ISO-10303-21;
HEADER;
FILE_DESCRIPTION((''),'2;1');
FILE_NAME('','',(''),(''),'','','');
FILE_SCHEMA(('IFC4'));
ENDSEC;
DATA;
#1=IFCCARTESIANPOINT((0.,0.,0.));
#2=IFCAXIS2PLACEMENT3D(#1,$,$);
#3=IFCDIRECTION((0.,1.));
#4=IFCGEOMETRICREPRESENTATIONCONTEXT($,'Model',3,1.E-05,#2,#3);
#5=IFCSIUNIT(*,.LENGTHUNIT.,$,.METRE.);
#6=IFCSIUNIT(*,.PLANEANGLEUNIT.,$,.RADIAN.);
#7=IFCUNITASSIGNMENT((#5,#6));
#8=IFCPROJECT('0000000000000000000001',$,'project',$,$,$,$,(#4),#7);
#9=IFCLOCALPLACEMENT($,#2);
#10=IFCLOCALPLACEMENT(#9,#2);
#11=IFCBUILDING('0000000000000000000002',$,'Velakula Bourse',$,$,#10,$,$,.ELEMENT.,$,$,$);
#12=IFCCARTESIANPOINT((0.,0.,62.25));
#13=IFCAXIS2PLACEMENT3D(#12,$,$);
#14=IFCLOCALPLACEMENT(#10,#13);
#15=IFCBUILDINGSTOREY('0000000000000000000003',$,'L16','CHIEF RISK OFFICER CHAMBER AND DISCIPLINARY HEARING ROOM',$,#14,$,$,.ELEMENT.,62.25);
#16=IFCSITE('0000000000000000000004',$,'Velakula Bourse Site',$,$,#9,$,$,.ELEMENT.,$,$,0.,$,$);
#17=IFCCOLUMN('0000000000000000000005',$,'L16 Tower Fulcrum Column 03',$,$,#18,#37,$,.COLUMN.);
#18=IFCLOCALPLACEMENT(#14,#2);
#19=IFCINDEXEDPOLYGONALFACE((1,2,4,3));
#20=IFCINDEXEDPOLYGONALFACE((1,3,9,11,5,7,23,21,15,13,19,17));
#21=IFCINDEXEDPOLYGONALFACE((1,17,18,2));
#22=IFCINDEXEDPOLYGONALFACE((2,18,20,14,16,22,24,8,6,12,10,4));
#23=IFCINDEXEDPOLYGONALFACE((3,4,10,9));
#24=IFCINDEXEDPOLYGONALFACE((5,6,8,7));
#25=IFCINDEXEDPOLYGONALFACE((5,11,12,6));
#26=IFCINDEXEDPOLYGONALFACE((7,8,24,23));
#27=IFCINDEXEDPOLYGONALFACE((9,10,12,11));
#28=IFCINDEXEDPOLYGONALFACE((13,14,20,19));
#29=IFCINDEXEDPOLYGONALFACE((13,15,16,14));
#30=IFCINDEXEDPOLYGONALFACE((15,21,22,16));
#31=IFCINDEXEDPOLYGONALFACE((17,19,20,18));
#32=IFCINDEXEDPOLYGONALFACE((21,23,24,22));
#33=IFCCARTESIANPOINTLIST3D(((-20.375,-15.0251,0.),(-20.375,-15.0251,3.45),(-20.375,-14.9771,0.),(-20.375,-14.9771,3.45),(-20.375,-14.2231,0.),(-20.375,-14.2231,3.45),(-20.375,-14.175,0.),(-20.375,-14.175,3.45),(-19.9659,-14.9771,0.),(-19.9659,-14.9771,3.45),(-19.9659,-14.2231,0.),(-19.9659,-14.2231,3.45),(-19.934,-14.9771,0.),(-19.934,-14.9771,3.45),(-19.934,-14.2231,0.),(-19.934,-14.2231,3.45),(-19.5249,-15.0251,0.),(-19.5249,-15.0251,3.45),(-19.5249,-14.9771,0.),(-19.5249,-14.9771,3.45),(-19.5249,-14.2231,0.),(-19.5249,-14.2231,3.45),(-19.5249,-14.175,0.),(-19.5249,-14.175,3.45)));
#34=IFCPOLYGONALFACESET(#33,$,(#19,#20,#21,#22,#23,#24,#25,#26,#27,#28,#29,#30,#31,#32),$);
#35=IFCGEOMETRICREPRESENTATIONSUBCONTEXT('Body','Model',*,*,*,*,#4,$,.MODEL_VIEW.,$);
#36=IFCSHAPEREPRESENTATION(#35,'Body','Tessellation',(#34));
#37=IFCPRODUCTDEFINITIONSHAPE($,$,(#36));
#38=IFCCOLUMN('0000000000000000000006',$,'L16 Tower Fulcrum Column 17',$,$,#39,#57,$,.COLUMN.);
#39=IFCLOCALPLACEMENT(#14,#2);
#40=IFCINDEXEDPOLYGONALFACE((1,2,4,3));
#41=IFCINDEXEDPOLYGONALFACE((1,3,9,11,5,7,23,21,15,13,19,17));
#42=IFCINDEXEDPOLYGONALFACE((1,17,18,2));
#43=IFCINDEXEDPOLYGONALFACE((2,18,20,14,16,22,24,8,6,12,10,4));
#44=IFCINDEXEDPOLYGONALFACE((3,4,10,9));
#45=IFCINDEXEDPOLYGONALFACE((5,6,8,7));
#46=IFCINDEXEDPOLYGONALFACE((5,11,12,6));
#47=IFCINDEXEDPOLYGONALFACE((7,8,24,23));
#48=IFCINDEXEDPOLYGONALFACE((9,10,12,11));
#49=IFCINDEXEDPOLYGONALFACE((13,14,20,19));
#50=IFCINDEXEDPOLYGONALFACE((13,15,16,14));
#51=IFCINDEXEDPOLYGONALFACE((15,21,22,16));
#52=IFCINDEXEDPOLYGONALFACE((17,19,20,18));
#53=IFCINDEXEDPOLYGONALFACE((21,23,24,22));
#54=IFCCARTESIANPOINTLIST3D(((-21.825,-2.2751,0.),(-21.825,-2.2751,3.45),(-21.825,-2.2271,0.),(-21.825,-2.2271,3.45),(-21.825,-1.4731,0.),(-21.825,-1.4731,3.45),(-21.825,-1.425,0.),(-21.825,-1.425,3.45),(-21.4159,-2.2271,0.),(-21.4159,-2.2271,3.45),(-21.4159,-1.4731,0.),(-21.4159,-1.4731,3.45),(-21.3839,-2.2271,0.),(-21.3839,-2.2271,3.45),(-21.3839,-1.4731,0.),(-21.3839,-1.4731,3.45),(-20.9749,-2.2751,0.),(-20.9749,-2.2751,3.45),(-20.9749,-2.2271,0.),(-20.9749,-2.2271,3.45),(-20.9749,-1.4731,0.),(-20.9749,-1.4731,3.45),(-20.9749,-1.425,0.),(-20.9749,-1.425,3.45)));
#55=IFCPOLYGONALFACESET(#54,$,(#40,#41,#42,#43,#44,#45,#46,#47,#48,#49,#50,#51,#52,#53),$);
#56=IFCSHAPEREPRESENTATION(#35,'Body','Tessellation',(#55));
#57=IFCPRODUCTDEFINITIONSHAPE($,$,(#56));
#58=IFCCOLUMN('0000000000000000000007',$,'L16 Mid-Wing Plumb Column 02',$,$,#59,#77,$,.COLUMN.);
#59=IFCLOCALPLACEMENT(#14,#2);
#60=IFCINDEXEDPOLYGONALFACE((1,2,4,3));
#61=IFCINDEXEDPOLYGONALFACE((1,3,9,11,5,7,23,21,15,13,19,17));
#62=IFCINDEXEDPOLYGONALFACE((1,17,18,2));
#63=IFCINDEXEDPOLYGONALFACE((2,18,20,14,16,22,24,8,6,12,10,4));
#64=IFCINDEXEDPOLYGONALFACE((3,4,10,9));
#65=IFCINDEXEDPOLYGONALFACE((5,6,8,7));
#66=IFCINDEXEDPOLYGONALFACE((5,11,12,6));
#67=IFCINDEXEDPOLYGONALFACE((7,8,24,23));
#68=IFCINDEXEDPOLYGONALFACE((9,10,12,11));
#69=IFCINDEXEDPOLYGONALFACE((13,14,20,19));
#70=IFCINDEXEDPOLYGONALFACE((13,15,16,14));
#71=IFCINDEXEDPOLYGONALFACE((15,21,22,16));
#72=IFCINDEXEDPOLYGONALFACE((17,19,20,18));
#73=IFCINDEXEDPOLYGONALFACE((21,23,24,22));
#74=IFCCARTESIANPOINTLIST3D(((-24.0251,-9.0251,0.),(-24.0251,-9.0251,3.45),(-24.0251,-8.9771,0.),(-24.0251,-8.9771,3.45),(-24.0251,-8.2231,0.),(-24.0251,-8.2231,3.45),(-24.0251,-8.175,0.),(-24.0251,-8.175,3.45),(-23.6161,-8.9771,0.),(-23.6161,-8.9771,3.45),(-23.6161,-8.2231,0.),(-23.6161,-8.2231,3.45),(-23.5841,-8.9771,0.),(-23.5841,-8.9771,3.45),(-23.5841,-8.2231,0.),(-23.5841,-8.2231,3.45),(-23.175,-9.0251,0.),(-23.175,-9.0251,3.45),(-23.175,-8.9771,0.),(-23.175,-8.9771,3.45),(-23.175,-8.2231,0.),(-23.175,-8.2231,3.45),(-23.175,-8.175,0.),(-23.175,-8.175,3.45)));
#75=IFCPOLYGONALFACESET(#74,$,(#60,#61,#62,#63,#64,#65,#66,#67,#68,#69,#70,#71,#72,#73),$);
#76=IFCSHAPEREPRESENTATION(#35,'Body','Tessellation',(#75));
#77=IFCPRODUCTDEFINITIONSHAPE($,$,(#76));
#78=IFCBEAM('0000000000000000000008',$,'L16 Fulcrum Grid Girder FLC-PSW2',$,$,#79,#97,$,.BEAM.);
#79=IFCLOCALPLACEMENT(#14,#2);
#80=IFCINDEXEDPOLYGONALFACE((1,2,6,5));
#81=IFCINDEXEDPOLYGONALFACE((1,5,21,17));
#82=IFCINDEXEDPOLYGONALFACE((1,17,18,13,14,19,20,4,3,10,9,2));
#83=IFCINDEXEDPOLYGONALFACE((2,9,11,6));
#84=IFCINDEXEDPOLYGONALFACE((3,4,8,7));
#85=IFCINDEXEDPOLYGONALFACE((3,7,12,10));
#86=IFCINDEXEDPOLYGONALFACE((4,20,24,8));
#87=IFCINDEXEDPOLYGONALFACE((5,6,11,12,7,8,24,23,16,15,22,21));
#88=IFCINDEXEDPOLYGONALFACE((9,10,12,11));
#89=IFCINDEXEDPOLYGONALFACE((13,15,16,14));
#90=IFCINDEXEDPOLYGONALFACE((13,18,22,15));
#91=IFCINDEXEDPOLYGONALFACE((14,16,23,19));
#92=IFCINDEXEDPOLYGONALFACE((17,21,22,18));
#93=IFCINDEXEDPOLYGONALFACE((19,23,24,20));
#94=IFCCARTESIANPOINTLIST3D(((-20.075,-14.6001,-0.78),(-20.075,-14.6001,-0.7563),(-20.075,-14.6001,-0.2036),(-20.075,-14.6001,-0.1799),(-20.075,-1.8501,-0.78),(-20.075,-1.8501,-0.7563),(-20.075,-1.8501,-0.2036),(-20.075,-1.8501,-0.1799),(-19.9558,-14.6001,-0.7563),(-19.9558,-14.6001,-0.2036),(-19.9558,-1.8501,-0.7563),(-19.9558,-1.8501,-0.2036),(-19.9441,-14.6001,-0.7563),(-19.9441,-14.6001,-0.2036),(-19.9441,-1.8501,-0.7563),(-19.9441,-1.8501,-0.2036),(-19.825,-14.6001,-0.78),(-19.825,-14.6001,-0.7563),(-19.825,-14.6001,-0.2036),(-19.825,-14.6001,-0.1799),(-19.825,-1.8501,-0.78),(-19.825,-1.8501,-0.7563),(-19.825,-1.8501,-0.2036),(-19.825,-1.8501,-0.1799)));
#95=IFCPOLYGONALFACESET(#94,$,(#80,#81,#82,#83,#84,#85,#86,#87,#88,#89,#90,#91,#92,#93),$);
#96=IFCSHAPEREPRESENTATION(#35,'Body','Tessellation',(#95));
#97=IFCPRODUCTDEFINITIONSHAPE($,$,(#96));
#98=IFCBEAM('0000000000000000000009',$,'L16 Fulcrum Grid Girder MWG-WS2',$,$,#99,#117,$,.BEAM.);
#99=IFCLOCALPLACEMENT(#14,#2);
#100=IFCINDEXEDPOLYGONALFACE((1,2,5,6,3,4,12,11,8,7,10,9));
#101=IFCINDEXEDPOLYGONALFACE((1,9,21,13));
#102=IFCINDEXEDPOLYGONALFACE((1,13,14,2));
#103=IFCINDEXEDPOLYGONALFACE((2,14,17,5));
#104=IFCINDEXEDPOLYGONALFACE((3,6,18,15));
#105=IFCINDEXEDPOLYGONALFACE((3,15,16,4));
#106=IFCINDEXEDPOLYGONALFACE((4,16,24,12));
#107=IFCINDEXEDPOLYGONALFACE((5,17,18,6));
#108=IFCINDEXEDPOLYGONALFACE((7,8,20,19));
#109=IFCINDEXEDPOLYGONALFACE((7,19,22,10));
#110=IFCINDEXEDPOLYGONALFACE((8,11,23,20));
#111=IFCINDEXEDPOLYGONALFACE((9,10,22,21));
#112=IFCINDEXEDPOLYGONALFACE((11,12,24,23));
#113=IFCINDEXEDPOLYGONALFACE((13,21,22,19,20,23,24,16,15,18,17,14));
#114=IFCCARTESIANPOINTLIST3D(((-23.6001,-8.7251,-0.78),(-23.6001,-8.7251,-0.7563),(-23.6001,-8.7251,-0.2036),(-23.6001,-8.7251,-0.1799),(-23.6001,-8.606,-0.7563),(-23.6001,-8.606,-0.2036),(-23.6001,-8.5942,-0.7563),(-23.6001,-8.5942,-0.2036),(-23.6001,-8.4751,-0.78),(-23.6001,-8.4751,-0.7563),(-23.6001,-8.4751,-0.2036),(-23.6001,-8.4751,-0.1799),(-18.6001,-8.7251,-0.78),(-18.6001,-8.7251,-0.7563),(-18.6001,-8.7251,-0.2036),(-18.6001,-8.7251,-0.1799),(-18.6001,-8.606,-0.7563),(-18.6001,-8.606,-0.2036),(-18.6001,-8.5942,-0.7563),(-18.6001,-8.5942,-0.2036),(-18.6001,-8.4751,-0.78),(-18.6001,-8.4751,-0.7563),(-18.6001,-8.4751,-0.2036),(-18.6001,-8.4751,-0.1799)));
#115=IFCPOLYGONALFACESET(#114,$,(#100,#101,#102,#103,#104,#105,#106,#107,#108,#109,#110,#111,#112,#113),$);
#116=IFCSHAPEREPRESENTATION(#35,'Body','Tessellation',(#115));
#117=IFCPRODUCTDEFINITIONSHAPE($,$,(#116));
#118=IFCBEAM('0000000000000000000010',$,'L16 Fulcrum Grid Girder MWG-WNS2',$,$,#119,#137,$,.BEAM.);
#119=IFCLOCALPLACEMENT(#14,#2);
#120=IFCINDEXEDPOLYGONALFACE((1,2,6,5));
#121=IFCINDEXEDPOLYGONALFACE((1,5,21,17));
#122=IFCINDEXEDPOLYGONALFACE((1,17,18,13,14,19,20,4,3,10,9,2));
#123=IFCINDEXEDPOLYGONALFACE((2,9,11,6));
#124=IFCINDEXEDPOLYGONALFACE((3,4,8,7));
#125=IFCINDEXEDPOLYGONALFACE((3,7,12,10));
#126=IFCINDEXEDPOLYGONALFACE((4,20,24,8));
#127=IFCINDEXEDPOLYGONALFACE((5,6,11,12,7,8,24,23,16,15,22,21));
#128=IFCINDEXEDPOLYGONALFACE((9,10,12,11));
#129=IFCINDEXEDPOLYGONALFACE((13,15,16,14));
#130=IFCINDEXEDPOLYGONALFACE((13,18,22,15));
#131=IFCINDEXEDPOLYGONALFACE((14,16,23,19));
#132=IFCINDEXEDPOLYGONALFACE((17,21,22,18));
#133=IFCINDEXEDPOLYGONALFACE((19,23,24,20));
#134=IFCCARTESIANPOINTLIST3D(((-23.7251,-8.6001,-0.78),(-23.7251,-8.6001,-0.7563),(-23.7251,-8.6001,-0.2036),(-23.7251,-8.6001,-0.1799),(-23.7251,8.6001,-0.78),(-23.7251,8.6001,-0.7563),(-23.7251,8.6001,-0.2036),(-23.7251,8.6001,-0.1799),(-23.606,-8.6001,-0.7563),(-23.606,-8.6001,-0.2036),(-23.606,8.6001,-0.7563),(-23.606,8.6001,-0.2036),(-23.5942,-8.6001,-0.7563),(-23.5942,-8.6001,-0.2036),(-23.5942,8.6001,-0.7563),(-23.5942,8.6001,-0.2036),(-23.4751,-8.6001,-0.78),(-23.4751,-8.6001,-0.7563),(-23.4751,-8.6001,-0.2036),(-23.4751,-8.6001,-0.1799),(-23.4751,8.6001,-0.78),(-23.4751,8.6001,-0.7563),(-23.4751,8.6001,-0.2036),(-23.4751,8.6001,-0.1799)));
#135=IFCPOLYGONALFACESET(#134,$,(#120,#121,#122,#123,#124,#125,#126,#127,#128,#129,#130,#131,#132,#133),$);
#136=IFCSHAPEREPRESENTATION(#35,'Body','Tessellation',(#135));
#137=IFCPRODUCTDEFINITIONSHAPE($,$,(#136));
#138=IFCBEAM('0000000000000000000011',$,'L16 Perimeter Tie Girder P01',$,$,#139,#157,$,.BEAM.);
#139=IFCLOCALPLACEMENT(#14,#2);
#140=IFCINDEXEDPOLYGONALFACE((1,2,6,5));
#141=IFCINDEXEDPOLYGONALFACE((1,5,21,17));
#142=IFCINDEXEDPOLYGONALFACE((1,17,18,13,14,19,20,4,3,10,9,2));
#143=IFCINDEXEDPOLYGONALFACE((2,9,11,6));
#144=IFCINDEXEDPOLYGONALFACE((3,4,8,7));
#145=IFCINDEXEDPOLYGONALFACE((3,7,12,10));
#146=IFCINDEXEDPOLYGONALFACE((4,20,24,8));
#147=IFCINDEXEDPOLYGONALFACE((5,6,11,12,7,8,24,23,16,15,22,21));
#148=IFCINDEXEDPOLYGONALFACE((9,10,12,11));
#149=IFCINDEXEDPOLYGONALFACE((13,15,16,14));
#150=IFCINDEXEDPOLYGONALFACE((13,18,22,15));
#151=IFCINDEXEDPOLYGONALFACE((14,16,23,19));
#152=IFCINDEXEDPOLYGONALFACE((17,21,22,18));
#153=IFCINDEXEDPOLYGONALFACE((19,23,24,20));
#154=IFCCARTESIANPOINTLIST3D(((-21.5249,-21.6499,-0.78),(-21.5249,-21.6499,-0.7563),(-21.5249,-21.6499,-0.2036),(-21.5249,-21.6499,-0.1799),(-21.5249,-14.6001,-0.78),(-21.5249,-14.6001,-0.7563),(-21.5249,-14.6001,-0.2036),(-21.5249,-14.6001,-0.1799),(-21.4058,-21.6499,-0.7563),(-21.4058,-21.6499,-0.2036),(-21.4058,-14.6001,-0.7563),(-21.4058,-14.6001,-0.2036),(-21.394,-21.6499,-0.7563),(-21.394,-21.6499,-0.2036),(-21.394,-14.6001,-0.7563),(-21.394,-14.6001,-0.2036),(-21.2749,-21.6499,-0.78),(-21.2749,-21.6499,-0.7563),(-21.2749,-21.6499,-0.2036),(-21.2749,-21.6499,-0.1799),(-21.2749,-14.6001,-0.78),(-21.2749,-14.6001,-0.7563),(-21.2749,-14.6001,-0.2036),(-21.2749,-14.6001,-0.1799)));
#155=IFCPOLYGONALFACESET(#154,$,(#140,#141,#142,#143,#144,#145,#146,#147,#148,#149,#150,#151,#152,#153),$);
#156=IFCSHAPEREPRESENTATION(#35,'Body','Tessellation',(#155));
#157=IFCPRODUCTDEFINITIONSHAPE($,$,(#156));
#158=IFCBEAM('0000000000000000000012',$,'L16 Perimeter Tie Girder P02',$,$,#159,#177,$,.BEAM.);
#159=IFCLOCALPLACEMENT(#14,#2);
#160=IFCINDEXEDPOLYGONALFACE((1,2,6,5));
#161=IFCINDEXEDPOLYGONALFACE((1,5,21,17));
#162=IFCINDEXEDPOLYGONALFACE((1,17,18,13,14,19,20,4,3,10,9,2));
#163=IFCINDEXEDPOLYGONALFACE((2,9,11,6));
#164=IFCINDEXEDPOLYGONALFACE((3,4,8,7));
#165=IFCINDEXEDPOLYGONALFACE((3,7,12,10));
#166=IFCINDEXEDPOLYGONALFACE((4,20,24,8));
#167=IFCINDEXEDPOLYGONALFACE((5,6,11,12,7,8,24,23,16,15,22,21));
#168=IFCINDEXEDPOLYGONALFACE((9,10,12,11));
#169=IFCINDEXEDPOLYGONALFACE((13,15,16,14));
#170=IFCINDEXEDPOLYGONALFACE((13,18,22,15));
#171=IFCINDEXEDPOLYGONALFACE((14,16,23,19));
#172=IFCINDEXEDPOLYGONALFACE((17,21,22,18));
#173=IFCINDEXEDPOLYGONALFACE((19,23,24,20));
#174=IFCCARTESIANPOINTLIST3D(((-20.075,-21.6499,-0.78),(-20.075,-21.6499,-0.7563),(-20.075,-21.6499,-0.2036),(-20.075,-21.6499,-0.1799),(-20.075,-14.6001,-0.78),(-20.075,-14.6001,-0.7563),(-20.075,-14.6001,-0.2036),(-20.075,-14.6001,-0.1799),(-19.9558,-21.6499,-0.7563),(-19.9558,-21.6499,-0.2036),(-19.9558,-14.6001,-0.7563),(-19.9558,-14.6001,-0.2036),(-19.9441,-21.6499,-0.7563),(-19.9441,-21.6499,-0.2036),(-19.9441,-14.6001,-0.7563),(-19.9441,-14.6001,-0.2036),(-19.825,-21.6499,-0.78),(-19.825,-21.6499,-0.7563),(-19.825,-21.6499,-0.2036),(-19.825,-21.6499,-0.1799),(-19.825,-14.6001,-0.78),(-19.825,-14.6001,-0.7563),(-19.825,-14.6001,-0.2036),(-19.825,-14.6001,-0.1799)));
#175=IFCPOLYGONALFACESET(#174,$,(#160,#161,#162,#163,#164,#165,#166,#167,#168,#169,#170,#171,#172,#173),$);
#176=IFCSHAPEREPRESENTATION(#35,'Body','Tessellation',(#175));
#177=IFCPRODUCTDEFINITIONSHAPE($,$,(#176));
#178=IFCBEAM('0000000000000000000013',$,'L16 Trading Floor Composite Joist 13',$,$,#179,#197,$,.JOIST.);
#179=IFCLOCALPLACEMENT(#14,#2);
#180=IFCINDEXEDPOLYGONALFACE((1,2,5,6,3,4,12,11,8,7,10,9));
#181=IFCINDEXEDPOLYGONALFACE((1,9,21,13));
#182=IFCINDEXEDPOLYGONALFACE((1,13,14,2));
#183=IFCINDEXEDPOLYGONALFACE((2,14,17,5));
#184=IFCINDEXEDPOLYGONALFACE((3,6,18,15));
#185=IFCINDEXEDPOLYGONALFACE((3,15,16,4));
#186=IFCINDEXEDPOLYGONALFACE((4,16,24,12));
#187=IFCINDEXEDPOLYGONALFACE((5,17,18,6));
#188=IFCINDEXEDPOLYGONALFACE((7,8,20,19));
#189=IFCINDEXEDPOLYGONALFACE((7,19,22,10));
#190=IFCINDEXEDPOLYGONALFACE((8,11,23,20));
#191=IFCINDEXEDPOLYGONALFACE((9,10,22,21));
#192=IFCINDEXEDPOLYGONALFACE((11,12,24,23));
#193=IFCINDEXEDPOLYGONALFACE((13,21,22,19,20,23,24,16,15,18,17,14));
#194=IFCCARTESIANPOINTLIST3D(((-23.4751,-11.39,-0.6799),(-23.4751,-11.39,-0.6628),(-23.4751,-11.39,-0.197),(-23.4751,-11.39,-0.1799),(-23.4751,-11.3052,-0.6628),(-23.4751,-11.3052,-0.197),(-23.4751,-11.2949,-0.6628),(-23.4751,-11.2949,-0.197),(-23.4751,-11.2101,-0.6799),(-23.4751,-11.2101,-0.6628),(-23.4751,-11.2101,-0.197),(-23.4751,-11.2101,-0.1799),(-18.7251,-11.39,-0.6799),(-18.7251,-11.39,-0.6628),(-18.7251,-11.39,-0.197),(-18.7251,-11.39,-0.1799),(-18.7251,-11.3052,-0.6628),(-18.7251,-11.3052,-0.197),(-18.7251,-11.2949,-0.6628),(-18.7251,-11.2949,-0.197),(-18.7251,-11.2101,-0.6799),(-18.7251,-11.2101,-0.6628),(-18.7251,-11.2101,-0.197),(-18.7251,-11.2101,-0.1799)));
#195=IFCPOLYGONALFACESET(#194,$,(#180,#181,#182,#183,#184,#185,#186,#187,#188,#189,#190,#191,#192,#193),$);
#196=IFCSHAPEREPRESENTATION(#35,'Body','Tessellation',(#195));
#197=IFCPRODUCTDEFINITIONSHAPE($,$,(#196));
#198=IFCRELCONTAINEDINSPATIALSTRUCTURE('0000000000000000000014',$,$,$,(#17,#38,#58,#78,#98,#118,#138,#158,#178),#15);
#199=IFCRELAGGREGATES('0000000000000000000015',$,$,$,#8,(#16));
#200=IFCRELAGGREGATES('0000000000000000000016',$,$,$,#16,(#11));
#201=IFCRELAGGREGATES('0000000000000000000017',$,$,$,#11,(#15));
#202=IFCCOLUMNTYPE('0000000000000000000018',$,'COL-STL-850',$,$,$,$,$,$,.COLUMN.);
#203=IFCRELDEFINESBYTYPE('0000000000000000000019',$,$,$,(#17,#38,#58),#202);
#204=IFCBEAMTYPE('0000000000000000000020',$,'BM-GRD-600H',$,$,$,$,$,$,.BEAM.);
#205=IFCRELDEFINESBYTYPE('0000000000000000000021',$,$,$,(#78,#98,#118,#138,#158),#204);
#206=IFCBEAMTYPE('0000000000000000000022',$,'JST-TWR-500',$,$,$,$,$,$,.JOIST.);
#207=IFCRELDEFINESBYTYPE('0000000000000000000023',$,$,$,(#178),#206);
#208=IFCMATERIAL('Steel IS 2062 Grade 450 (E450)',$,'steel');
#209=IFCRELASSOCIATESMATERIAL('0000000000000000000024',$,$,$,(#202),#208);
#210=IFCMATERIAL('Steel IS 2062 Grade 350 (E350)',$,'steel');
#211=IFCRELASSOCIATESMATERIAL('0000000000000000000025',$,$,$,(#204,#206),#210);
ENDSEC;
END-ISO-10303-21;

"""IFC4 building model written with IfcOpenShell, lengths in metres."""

from ifc_helpers import new_model, si_unit, direction, frame, origin, origin_2d, place, context, subcontext, project, spatial, i_section, extrude, material, material_profile, profile_set, type_object, element, save


model = new_model("IFC4")

# Units and contexts
model_context = context("Model", 3, precision=1e-05, world=origin(), true_north=direction((0.0, 1.0)))
body_context = subcontext(model_context, "Body", "Model", "MODEL_VIEW")
ifc_project = project(units=[si_unit("LENGTHUNIT", "METRE"), si_unit("PLANEANGLEUNIT", "RADIAN")], contexts=[model_context])

# Site, building, storey
site_placement = place(None, origin())
site = spatial("IfcSite", under=ifc_project, at=site_placement, Name="Velakula Bourse Site", CompositionType="ELEMENT", RefElevation=0.0)
building_placement = place(site_placement, origin())
building = spatial("IfcBuilding", under=site, at=building_placement, Name="Velakula Bourse", CompositionType="ELEMENT")
storey_placement = place(building_placement, frame((0.0, 0.0, 62.25)))
storey = spatial("IfcBuildingStorey", under=building, at=storey_placement, Name="L16", Description="CHIEF RISK OFFICER CHAMBER AND DISCIPLINARY HEARING ROOM", CompositionType="ELEMENT", Elevation=62.25)

# Columns
ifc_material_1 = material(Name="Steel IS 2062 Grade 450 (E450)", Category="steel")
ifc_material_profile_1 = material_profile(ifc_material_1, i_section(OverallWidth=0.8501, OverallDepth=0.8501, WebThickness=0.032, FlangeThickness=0.0481, at=origin_2d()), Name="Steel IS 2062 Grade 450 (E450)")
ifc_profile_set_1 = profile_set([ifc_material_profile_1], Name="Steel IS 2062 Grade 450 (E450)")
column_type = type_object("IfcColumnType", Name="COL-STL-850", PredefinedType="COLUMN", material=ifc_profile_set_1)
for number, where, z_axis, x_axis, name in (
    (1, (-19.95, -14.6001, 0.0), (0.0, 0.0, 1.0), (1.0, 0.0, 0.0), "L16 Tower Fulcrum Column 03"),
    (2, (-21.3999, -1.8501, 0.0), (0.0, 0.0, 1.0), (1.0, 0.0, 0.0), "L16 Tower Fulcrum Column 17"),
    (3, (-23.6001, -8.6001, 0.0), (0.0, 0.0, 1.0), (1.0, 0.0, 0.0), "L16 Mid-Wing Plumb Column 02"),
):
    element("IfcColumn", number, at=place(storey_placement, frame(where, z_axis=z_axis, x_axis=x_axis)), inside=storey, type_object=column_type, Name=name, PredefinedType="COLUMN", context=body_context, shape_type="SweptSolid", body=[
        extrude(i_section(OverallWidth=0.8501, OverallDepth=0.8501, WebThickness=0.032, FlangeThickness=0.0481, at=origin_2d()), origin(), (0.0, 0.0, 1.0), 3.45),
    ])

# Beams
ifc_material_2 = material(Name="Steel IS 2062 Grade 350 (E350)", Category="steel")
ifc_material_profile_2 = material_profile(ifc_material_2, i_section(OverallWidth=0.25, OverallDepth=0.6001, WebThickness=0.0117, FlangeThickness=0.0237, at=origin_2d()), Name="Steel IS 2062 Grade 350 (E350)")
ifc_profile_set_2 = profile_set([ifc_material_profile_2], Name="Steel IS 2062 Grade 350 (E350)")
beam_type_1 = type_object("IfcBeamType", Name="BM-GRD-600H", PredefinedType="BEAM", material=ifc_profile_set_2)
beam_1_placement = place(storey_placement, frame((-19.95, -14.6001, -0.48), z_axis=(0.0, 1.0, 0.0), x_axis=(-1.0, 0.0, 0.0)))
element("IfcBeam", 4, at=beam_1_placement, inside=storey, type_object=beam_type_1, Name="L16 Fulcrum Grid Girder FLC-PSW2", PredefinedType="BEAM", context=body_context, shape_type="SweptSolid", body=[
    extrude(i_section(OverallWidth=0.25, OverallDepth=0.6001, WebThickness=0.0117, FlangeThickness=0.0237, at=origin_2d()), origin(), (0.0, 0.0, 1.0), 12.75),
])
beam_2_placement = place(storey_placement, frame((-23.6001, -8.6001, -0.48), z_axis=(1.0, 0.0, 0.0), x_axis=(0.0, 1.0, 0.0)))
element("IfcBeam", 5, at=beam_2_placement, inside=storey, type_object=beam_type_1, Name="L16 Fulcrum Grid Girder MWG-WS2", PredefinedType="BEAM", context=body_context, shape_type="SweptSolid", body=[
    extrude(i_section(OverallWidth=0.25, OverallDepth=0.6001, WebThickness=0.0117, FlangeThickness=0.0237, at=origin_2d()), origin(), (0.0, 0.0, 1.0), 5.0),
])
beam_3_placement = place(storey_placement, frame((-23.6001, -8.6001, -0.48), z_axis=(0.0, 1.0, 0.0), x_axis=(-1.0, 0.0, 0.0)))
element("IfcBeam", 6, at=beam_3_placement, inside=storey, type_object=beam_type_1, Name="L16 Fulcrum Grid Girder MWG-WNS2", PredefinedType="BEAM", context=body_context, shape_type="SweptSolid", body=[
    extrude(i_section(OverallWidth=0.25, OverallDepth=0.6001, WebThickness=0.0117, FlangeThickness=0.0237, at=origin_2d()), origin(), (0.0, 0.0, 1.0), 17.2002),
])
for number, where, z_axis, x_axis, name in (
    (7, (-21.3999, -14.6001, -0.48), (0.0, -1.0, 0.0), (1.0, 0.0, 0.0), "L16 Perimeter Tie Girder P01"),
    (8, (-19.95, -14.6001, -0.48), (0.0, -1.0, 0.0), (1.0, 0.0, 0.0), "L16 Perimeter Tie Girder P02"),
):
    element("IfcBeam", number, at=place(storey_placement, frame(where, z_axis=z_axis, x_axis=x_axis)), inside=storey, type_object=beam_type_1, Name=name, PredefinedType="BEAM", context=body_context, shape_type="SweptSolid", body=[
        extrude(i_section(OverallWidth=0.25, OverallDepth=0.6001, WebThickness=0.0117, FlangeThickness=0.0237, at=origin_2d()), origin(), (0.0, 0.0, 1.0), 7.0498),
    ])
ifc_material_profile_3 = material_profile(ifc_material_2, i_section(OverallWidth=0.1799, OverallDepth=0.5, WebThickness=0.0103, FlangeThickness=0.0171, at=origin_2d()), Name="Steel IS 2062 Grade 350 (E350)")
ifc_profile_set_3 = profile_set([ifc_material_profile_3], Name="Steel IS 2062 Grade 350 (E350)")
beam_type_2 = type_object("IfcBeamType", Name="JST-TWR-500", PredefinedType="JOIST", material=ifc_profile_set_3)
beam_4_placement = place(storey_placement, frame((-23.4751, -11.3, -0.4299), z_axis=(1.0, 0.0, 0.0), x_axis=(0.0, 1.0, 0.0)))
element("IfcBeam", 9, at=beam_4_placement, inside=storey, type_object=beam_type_2, Name="L16 Trading Floor Composite Joist 13", PredefinedType="JOIST", context=body_context, shape_type="SweptSolid", body=[
    extrude(i_section(OverallWidth=0.1799, OverallDepth=0.5, WebThickness=0.0103, FlangeThickness=0.0171, at=origin_2d()), origin(), (0.0, 0.0, 1.0), 4.75),
])

save(model, "model.ifc")
